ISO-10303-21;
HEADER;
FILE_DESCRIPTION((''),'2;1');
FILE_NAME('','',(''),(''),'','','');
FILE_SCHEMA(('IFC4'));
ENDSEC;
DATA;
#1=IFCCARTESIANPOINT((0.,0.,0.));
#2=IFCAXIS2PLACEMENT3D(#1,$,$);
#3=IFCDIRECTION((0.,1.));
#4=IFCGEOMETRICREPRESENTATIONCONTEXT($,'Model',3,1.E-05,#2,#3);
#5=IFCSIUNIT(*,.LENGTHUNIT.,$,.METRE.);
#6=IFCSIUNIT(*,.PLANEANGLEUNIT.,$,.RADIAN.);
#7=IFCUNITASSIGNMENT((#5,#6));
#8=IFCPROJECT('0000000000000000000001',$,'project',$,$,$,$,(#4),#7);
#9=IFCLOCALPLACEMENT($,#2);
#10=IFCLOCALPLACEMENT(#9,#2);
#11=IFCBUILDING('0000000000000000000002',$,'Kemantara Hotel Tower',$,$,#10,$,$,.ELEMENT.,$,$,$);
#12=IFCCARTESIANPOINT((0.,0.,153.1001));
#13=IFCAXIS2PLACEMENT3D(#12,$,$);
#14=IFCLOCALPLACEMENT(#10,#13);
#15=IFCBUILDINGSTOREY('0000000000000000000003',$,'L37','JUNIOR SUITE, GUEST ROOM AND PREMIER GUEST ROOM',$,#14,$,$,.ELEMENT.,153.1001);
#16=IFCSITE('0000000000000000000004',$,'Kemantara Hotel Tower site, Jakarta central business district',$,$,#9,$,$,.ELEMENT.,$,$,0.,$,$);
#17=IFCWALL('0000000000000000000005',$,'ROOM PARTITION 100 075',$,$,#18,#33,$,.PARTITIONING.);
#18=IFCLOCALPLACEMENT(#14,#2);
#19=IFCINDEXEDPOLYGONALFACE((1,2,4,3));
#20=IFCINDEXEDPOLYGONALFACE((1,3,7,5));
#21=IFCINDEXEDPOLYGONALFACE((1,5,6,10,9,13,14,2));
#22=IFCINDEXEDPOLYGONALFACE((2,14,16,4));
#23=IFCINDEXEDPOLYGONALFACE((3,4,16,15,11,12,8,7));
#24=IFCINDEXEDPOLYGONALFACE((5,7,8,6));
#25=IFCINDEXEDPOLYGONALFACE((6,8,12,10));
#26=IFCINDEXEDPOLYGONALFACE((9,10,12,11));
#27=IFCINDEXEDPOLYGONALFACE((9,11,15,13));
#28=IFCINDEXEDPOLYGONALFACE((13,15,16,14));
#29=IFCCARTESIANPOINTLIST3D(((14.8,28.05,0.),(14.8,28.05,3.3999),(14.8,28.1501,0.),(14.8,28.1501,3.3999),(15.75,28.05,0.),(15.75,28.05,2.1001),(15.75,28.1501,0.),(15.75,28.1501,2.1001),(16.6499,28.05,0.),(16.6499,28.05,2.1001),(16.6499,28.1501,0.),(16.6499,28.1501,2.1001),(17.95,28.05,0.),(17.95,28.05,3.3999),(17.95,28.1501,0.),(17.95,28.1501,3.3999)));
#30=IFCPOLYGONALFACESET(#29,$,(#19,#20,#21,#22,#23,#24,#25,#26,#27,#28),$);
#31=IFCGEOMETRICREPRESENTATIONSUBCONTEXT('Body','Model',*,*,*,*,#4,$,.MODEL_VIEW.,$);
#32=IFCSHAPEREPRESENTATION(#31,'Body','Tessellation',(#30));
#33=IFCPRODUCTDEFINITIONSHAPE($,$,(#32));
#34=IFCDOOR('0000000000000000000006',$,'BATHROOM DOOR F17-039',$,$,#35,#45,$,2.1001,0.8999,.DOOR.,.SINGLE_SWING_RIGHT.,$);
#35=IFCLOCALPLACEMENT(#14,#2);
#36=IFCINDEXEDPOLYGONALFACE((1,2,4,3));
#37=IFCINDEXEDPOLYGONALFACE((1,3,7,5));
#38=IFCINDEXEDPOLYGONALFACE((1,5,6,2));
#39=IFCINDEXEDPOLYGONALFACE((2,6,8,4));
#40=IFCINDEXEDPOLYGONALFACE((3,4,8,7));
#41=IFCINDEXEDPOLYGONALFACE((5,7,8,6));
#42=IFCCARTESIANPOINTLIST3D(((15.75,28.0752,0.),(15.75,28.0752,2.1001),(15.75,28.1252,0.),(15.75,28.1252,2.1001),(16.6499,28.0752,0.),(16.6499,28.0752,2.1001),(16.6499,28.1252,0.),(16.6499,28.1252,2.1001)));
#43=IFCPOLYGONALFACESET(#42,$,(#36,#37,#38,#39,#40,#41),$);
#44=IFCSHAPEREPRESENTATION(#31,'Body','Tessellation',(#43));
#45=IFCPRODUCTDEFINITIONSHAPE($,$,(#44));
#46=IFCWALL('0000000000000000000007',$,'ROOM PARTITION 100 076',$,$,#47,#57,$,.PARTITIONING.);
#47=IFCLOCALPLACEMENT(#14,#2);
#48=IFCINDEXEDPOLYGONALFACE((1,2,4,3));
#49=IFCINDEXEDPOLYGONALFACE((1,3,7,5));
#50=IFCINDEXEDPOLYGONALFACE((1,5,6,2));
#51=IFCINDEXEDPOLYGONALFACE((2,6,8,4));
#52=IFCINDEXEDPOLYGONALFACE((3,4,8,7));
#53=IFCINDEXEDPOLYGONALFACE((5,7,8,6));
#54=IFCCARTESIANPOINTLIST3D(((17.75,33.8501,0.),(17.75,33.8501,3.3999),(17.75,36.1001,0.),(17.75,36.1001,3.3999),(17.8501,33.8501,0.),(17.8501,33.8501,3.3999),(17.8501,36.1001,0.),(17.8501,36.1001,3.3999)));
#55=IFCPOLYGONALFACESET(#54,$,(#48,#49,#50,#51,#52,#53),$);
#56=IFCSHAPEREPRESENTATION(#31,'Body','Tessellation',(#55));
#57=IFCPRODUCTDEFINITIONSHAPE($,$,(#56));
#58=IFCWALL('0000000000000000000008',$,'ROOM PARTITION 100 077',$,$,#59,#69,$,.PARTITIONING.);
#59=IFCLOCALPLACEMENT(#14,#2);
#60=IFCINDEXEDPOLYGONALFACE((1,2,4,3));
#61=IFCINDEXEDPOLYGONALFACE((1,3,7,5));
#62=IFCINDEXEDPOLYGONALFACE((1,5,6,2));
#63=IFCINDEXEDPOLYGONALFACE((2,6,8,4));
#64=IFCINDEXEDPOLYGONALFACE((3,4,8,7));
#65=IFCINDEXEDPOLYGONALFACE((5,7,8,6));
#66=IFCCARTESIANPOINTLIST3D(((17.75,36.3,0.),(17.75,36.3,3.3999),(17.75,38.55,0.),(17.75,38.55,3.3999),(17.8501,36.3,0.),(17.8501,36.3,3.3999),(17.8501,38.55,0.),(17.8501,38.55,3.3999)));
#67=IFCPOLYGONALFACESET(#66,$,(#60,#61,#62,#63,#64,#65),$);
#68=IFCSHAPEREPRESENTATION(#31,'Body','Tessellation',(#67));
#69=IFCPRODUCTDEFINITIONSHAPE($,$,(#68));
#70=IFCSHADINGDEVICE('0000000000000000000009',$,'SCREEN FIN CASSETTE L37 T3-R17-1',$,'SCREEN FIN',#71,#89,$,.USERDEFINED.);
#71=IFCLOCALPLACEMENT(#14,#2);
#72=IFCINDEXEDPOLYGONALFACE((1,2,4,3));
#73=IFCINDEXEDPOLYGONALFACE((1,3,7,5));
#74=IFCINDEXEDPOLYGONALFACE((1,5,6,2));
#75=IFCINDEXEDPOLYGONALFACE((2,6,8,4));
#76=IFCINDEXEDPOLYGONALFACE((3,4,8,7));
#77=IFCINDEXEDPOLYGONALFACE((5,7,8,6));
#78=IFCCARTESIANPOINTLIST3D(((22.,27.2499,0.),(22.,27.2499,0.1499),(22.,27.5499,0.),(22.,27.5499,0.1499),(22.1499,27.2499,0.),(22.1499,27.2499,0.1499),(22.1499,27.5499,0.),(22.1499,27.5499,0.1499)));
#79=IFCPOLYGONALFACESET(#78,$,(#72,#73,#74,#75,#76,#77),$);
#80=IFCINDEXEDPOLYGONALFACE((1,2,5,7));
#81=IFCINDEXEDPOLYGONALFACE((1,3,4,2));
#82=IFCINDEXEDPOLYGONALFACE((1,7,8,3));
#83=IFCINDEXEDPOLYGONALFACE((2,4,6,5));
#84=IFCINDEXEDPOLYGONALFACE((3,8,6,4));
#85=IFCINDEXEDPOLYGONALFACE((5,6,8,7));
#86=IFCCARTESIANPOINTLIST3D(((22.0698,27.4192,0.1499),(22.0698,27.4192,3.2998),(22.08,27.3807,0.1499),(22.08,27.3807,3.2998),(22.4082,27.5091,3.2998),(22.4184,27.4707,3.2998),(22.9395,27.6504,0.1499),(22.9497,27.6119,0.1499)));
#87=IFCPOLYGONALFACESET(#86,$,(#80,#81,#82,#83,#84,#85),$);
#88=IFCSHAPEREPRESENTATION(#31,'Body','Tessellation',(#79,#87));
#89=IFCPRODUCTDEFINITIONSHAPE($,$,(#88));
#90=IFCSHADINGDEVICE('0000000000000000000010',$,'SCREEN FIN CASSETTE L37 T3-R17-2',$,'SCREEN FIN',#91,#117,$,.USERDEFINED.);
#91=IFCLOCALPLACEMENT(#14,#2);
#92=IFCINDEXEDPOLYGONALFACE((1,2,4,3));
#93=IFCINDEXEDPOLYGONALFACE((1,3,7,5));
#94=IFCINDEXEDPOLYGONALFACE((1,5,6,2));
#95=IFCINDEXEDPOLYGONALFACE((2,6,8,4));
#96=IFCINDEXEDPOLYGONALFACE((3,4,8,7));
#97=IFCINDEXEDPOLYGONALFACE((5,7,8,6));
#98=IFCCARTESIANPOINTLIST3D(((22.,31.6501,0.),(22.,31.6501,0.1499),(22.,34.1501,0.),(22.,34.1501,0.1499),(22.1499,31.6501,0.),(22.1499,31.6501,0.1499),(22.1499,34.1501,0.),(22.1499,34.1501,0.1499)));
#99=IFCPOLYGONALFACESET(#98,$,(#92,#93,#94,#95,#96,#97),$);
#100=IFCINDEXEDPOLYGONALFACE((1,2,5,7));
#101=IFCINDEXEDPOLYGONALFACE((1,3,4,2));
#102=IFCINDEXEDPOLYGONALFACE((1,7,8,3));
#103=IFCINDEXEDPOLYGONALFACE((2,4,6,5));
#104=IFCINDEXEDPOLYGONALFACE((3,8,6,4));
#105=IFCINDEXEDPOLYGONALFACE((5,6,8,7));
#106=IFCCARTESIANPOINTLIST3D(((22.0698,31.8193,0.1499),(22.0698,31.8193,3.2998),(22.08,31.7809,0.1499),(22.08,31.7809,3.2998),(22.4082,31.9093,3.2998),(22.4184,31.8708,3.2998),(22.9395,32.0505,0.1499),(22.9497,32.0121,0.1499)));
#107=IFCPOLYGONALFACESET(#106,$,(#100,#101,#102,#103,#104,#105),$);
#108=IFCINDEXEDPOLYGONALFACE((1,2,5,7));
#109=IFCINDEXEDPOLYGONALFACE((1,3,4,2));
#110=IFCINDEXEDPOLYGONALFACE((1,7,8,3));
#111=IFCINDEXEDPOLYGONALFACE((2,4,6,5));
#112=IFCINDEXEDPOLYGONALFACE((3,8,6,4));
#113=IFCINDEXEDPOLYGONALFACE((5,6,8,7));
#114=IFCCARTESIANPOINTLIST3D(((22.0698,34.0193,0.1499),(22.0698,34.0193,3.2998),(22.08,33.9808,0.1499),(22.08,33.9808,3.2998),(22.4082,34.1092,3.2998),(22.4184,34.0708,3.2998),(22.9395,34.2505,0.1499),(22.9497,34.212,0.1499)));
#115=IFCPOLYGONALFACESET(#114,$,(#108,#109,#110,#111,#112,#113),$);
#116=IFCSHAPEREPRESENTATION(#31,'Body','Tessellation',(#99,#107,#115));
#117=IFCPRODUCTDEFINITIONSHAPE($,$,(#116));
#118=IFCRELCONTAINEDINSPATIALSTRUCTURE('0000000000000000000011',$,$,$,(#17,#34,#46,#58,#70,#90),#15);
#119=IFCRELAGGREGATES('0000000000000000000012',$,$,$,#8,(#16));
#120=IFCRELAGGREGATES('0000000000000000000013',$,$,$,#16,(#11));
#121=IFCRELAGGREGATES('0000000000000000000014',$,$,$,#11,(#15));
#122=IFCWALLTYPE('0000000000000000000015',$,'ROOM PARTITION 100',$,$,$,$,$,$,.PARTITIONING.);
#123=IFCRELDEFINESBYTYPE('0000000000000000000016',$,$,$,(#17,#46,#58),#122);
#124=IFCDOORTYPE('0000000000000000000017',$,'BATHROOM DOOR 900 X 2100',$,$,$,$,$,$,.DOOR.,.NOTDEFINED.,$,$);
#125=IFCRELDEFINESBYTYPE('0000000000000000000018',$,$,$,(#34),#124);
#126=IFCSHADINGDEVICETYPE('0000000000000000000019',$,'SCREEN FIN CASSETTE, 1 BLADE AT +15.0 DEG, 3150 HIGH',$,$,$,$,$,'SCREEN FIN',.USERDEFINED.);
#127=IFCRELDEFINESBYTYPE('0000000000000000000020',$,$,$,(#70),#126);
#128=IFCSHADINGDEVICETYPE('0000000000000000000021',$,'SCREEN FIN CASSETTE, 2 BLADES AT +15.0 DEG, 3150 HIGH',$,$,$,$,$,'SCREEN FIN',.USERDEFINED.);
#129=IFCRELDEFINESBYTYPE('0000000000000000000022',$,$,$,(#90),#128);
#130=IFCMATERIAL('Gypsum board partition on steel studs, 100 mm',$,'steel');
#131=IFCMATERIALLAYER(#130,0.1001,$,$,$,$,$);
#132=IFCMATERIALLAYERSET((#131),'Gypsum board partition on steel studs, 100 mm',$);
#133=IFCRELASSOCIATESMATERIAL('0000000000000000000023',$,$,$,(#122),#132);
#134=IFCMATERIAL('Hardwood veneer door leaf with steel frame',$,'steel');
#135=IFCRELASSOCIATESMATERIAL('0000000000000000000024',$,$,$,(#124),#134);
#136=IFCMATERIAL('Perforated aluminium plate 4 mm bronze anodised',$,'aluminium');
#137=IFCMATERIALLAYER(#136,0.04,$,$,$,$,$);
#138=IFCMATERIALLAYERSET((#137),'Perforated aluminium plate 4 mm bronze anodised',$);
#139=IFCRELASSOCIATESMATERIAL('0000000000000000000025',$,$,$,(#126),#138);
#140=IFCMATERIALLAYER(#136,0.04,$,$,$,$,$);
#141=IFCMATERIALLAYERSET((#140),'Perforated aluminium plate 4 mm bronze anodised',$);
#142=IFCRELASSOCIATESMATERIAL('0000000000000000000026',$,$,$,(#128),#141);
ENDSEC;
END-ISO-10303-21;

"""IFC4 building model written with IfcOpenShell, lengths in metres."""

from ifc_helpers import new_model, si_unit, direction, frame, frame_2d, origin, origin_2d, place, context, subcontext, project, spatial, polyline, rectangle, outline, extrude, source, transform, mapped, material, layer, layer_set, type_object, element, fill, save


model = new_model("IFC4")

# Units and contexts
model_context = context("Model", 3, precision=1e-05, world=origin(), true_north=direction((0.0, 1.0)))
body_context = subcontext(model_context, "Body", "Model", "MODEL_VIEW")
ifc_project = project(units=[si_unit("LENGTHUNIT", "METRE"), si_unit("PLANEANGLEUNIT", "RADIAN")], contexts=[model_context])

# Site, building, storey
site_placement = place(None, origin())
site = spatial("IfcSite", under=ifc_project, at=site_placement, Name="Kemantara Hotel Tower site, Jakarta central business district", CompositionType="ELEMENT", RefElevation=0.0)
building_placement = place(site_placement, origin())
building = spatial("IfcBuilding", under=site, at=building_placement, Name="Kemantara Hotel Tower", CompositionType="ELEMENT")
storey_placement = place(building_placement, frame((0.0, 0.0, 153.1001)))
storey = spatial("IfcBuildingStorey", under=building, at=storey_placement, Name="L37", Description="JUNIOR SUITE, GUEST ROOM AND PREMIER GUEST ROOM", CompositionType="ELEMENT", Elevation=153.1001)

# Shared definitions
ifc_material_1 = material(Name="Gypsum board partition on steel studs, 100 mm", Category="steel")
ifc_layer_1 = layer(ifc_material_1, 0.1001)
ifc_layer_set_1 = layer_set([ifc_layer_1], Name="Gypsum board partition on steel studs, 100 mm")
wall_type_1 = type_object("IfcWallType", Name="ROOM PARTITION 100", PredefinedType="PARTITIONING", material=ifc_layer_set_1)

# Wall, opening, door
wall_1_placement = place(storey_placement, frame((17.95, 28.1001, 0.0), z_axis=(0.0, 0.0, 1.0), x_axis=(-1.0, 0.0, 0.0)))
wall_1 = element("IfcWall", 1, at=wall_1_placement, inside=storey, type_object=wall_type_1, Name="ROOM PARTITION 100 075", PredefinedType="PARTITIONING", context=body_context, shape_type="SweptSolid", body=[
    extrude(rectangle(XDim=3.1499, YDim=0.1001, at=frame_2d((1.575, 0.0))), origin(), (0.0, 0.0, 1.0), 3.3999),
])
opening_1_placement = place(wall_1_placement, frame((1.3, 0.0, 0.0)))
opening_1 = element("IfcOpeningElement", 2, at=opening_1_placement, cuts=wall_1, PredefinedType="OPENING", context=body_context, shape_type="SweptSolid", body=[
    extrude(rectangle(XDim=0.8999, YDim=2.1001, at=frame_2d((0.45, 1.05))), frame((0.0, 0.0601, 0.0), z_axis=(0.0, -1.0, 0.0), x_axis=(1.0, 0.0, 0.0)), (0.0, 0.0, 1.0), 0.1201),
])
ifc_material_2 = material(Name="Hardwood veneer door leaf with steel frame", Category="steel")
door_type_1 = type_object("IfcDoorType", Name="BATHROOM DOOR 900 X 2100", OperationType="NOTDEFINED", PredefinedType="DOOR", material=ifc_material_2)
door_1_placement = place(opening_1_placement, origin())
door_1 = element("IfcDoor", 3, at=door_1_placement, inside=storey, type_object=door_type_1, Name="BATHROOM DOOR F17-039", OperationType="SINGLE_SWING_RIGHT", OverallHeight=2.1001, OverallWidth=0.8999, PredefinedType="DOOR", context=body_context, shape_type="SweptSolid", body=[
    extrude(rectangle(XDim=0.8999, YDim=2.1001, at=frame_2d((0.45, 1.05))), frame((0.0, 0.0249, 0.0), z_axis=(0.0, -1.0, 0.0), x_axis=(1.0, 0.0, 0.0)), (0.0, 0.0, 1.0), 0.05),
])
fill(opening_1, door_1)

# Walls
for number, where, z_axis, x_axis, name in (
    (4, (17.8, 33.8501, 0.0), (0.0, 0.0, 1.0), (0.0, 1.0, 0.0), "ROOM PARTITION 100 076"),
    (5, (17.8, 36.3, 0.0), (0.0, 0.0, 1.0), (0.0, 1.0, 0.0), "ROOM PARTITION 100 077"),
):
    element("IfcWall", number, at=place(storey_placement, frame(where, z_axis=z_axis, x_axis=x_axis)), inside=storey, type_object=wall_type_1, Name=name, PredefinedType="PARTITIONING", context=body_context, shape_type="SweptSolid", body=[
        extrude(rectangle(XDim=2.25, YDim=0.1001, at=frame_2d((1.125, 0.0))), origin(), (0.0, 0.0, 1.0), 3.3999),
    ])

# Shading devices
ifc_material_3 = material(Name="Perforated aluminium plate 4 mm bronze anodised", Category="aluminium")
ifc_layer_2 = layer(ifc_material_3, 0.04)
ifc_layer_set_2 = layer_set([ifc_layer_2], Name="Perforated aluminium plate 4 mm bronze anodised")
shading_device_type_1 = type_object("IfcShadingDeviceType", Name="SCREEN FIN CASSETTE, 1 BLADE AT +15.0 DEG, 3150 HIGH", ElementType="SCREEN FIN", PredefinedType="USERDEFINED", material=ifc_layer_set_2)
shared_shape_1 = source(origin(), body_context, "Body", "SweptSolid", [
    extrude(rectangle(XDim=0.3, YDim=0.1499, at=origin_2d()), frame((0.0, -0.075, -0.1499), z_axis=(0.0, 0.0, 1.0), x_axis=(1.0, 0.0, 0.0)), (0.0, 0.0, 1.0), 0.1499),
    extrude(outline(polyline([(0.0, 0.0), (0.8999, 0.0), (0.3501, 3.1499), (0.0, 3.1499), (0.0, 0.0)])), frame((0.0193, -0.0698, 0.0), z_axis=(-0.966438, -0.256901, 0.0), x_axis=(0.256901, -0.966438, 0.0)), (0.0, 0.0, 1.0), 0.0398),
])
shading_device_1_placement = place(storey_placement, frame((22.0, 27.3999, 0.1499), z_axis=(0.0, 0.0, 1.0), x_axis=(0.0, 1.0, 0.0)))
element("IfcShadingDevice", 6, at=shading_device_1_placement, inside=storey, type_object=shading_device_type_1, Name="SCREEN FIN CASSETTE L37 T3-R17-1", ObjectType="SCREEN FIN", PredefinedType="USERDEFINED", context=body_context, shape_type="MappedRepresentation", body=[
    mapped(shared_shape_1, transform((0.0, 0.0, 0.0))),
])
ifc_layer_3 = layer(ifc_material_3, 0.04)
ifc_layer_set_3 = layer_set([ifc_layer_3], Name="Perforated aluminium plate 4 mm bronze anodised")
shading_device_type_2 = type_object("IfcShadingDeviceType", Name="SCREEN FIN CASSETTE, 2 BLADES AT +15.0 DEG, 3150 HIGH", ElementType="SCREEN FIN", PredefinedType="USERDEFINED", material=ifc_layer_set_3)
shared_shape_2 = source(origin(), body_context, "Body", "SweptSolid", [
    extrude(rectangle(XDim=2.5, YDim=0.1499, at=origin_2d()), frame((1.1001, -0.075, -0.1499), z_axis=(0.0, 0.0, 1.0), x_axis=(1.0, 0.0, 0.0)), (0.0, 0.0, 1.0), 0.1499),
    extrude(outline(polyline([(0.0, 0.0), (0.8999, 0.0), (0.3501, 3.1499), (0.0, 3.1499), (0.0, 0.0)])), frame((0.0193, -0.0698, 0.0), z_axis=(-0.966438, -0.256901, 0.0), x_axis=(0.256901, -0.966438, 0.0)), (0.0, 0.0, 1.0), 0.0398),
    extrude(outline(polyline([(0.0, 0.0), (0.8999, 0.0), (0.3501, 3.1499), (0.0, 3.1499), (0.0, 0.0)])), frame((2.2192, -0.0698, 0.0), z_axis=(-0.966438, -0.256901, 0.0), x_axis=(0.256901, -0.966438, 0.0)), (0.0, 0.0, 1.0), 0.0398),
])
shading_device_2_placement = place(storey_placement, frame((22.0, 31.8, 0.1499), z_axis=(0.0, 0.0, 1.0), x_axis=(0.0, 1.0, 0.0)))
element("IfcShadingDevice", 7, at=shading_device_2_placement, inside=storey, type_object=shading_device_type_2, Name="SCREEN FIN CASSETTE L37 T3-R17-2", ObjectType="SCREEN FIN", PredefinedType="USERDEFINED", context=body_context, shape_type="MappedRepresentation", body=[
    mapped(shared_shape_2, transform((0.0, 0.0, 0.0))),
])

save(model, "model.ifc")
